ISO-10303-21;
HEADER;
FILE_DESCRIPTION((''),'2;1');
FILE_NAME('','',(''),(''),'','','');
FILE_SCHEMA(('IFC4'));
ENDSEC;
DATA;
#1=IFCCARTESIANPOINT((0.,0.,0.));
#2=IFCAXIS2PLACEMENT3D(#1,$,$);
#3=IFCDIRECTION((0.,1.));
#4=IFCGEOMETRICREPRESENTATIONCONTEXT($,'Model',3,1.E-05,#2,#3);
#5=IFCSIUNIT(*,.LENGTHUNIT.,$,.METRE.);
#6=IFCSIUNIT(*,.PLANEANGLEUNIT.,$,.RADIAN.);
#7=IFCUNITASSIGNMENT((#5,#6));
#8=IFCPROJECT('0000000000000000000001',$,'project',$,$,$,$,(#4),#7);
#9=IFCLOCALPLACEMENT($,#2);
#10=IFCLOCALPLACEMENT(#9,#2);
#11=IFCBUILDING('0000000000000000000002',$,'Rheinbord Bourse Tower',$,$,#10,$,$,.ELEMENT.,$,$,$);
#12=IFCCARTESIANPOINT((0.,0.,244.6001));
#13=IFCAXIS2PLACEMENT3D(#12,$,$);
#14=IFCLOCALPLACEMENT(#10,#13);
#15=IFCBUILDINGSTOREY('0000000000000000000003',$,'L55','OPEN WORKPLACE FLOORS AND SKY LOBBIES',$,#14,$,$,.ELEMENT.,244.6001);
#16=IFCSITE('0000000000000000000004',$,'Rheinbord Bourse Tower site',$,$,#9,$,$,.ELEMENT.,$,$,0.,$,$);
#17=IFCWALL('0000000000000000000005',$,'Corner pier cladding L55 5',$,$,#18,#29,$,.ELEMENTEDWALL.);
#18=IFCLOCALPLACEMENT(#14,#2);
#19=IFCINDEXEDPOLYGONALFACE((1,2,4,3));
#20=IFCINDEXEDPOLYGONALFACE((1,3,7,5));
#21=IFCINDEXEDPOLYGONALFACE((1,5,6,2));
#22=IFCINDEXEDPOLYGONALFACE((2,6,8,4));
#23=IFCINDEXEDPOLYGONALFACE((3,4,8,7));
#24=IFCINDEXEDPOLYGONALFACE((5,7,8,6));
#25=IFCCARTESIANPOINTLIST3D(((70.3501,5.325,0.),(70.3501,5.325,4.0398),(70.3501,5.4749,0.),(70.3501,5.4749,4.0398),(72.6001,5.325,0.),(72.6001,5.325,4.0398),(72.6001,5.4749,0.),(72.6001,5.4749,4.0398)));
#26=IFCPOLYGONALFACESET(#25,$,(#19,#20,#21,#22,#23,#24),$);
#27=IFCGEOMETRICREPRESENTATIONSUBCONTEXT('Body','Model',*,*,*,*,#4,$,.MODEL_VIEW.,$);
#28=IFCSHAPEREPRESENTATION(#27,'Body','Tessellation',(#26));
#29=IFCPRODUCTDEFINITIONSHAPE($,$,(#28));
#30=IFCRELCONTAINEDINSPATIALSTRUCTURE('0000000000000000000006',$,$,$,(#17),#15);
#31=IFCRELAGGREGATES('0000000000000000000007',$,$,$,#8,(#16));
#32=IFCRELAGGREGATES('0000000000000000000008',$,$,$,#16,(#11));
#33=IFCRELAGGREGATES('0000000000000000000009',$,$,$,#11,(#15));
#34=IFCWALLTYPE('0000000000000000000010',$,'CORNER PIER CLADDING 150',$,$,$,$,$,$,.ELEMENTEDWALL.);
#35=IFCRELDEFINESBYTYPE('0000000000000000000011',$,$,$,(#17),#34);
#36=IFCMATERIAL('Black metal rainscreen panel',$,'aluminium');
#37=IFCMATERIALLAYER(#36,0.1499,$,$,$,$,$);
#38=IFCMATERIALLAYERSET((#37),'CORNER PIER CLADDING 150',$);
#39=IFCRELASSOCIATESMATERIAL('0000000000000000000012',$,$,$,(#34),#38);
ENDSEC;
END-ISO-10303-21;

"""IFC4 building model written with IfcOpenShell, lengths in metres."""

from ifc_helpers import new_model, si_unit, direction, frame, frame_2d, origin, place, context, subcontext, project, spatial, rectangle, extrude, material, layer, layer_set, type_object, element, save


model = new_model("IFC4")

# Units and contexts
model_context = context("Model", 3, precision=1e-05, world=origin(), true_north=direction((0.0, 1.0)))
body_context = subcontext(model_context, "Body", "Model", "MODEL_VIEW")
ifc_project = project(units=[si_unit("LENGTHUNIT", "METRE"), si_unit("PLANEANGLEUNIT", "RADIAN")], contexts=[model_context])

# Site, building, storey
site_placement = place(None, origin())
site = spatial("IfcSite", under=ifc_project, at=site_placement, Name="Rheinbord Bourse Tower site", CompositionType="ELEMENT", RefElevation=0.0)
building_placement = place(site_placement, origin())
building = spatial("IfcBuilding", under=site, at=building_placement, Name="Rheinbord Bourse Tower", CompositionType="ELEMENT")
storey_placement = place(building_placement, frame((0.0, 0.0, 244.6001)))
storey = spatial("IfcBuildingStorey", under=building, at=storey_placement, Name="L55", Description="OPEN WORKPLACE FLOORS AND SKY LOBBIES", CompositionType="ELEMENT", Elevation=244.6001)

# Wall
ifc_material_1 = material(Name="Black metal rainscreen panel", Category="aluminium")
ifc_layer_1 = layer(ifc_material_1, 0.1499)
ifc_layer_set_1 = layer_set([ifc_layer_1], Name="CORNER PIER CLADDING 150")
wall_type = type_object("IfcWallType", Name="CORNER PIER CLADDING 150", PredefinedType="ELEMENTEDWALL", material=ifc_layer_set_1)
wall_1_placement = place(storey_placement, frame((70.3501, 5.3999, 0.0), z_axis=(0.0, 0.0, 1.0), x_axis=(1.0, 0.0, 0.0)))
element("IfcWall", 1, at=wall_1_placement, inside=storey, type_object=wall_type, Name="Corner pier cladding L55 5", PredefinedType="ELEMENTEDWALL", context=body_context, shape_type="SweptSolid", body=[
    extrude(rectangle(XDim=2.25, YDim=0.1499, at=frame_2d((1.125, 0.0))), origin(), (0.0, 0.0, 1.0), 4.0398),
])

save(model, "model.ifc")
